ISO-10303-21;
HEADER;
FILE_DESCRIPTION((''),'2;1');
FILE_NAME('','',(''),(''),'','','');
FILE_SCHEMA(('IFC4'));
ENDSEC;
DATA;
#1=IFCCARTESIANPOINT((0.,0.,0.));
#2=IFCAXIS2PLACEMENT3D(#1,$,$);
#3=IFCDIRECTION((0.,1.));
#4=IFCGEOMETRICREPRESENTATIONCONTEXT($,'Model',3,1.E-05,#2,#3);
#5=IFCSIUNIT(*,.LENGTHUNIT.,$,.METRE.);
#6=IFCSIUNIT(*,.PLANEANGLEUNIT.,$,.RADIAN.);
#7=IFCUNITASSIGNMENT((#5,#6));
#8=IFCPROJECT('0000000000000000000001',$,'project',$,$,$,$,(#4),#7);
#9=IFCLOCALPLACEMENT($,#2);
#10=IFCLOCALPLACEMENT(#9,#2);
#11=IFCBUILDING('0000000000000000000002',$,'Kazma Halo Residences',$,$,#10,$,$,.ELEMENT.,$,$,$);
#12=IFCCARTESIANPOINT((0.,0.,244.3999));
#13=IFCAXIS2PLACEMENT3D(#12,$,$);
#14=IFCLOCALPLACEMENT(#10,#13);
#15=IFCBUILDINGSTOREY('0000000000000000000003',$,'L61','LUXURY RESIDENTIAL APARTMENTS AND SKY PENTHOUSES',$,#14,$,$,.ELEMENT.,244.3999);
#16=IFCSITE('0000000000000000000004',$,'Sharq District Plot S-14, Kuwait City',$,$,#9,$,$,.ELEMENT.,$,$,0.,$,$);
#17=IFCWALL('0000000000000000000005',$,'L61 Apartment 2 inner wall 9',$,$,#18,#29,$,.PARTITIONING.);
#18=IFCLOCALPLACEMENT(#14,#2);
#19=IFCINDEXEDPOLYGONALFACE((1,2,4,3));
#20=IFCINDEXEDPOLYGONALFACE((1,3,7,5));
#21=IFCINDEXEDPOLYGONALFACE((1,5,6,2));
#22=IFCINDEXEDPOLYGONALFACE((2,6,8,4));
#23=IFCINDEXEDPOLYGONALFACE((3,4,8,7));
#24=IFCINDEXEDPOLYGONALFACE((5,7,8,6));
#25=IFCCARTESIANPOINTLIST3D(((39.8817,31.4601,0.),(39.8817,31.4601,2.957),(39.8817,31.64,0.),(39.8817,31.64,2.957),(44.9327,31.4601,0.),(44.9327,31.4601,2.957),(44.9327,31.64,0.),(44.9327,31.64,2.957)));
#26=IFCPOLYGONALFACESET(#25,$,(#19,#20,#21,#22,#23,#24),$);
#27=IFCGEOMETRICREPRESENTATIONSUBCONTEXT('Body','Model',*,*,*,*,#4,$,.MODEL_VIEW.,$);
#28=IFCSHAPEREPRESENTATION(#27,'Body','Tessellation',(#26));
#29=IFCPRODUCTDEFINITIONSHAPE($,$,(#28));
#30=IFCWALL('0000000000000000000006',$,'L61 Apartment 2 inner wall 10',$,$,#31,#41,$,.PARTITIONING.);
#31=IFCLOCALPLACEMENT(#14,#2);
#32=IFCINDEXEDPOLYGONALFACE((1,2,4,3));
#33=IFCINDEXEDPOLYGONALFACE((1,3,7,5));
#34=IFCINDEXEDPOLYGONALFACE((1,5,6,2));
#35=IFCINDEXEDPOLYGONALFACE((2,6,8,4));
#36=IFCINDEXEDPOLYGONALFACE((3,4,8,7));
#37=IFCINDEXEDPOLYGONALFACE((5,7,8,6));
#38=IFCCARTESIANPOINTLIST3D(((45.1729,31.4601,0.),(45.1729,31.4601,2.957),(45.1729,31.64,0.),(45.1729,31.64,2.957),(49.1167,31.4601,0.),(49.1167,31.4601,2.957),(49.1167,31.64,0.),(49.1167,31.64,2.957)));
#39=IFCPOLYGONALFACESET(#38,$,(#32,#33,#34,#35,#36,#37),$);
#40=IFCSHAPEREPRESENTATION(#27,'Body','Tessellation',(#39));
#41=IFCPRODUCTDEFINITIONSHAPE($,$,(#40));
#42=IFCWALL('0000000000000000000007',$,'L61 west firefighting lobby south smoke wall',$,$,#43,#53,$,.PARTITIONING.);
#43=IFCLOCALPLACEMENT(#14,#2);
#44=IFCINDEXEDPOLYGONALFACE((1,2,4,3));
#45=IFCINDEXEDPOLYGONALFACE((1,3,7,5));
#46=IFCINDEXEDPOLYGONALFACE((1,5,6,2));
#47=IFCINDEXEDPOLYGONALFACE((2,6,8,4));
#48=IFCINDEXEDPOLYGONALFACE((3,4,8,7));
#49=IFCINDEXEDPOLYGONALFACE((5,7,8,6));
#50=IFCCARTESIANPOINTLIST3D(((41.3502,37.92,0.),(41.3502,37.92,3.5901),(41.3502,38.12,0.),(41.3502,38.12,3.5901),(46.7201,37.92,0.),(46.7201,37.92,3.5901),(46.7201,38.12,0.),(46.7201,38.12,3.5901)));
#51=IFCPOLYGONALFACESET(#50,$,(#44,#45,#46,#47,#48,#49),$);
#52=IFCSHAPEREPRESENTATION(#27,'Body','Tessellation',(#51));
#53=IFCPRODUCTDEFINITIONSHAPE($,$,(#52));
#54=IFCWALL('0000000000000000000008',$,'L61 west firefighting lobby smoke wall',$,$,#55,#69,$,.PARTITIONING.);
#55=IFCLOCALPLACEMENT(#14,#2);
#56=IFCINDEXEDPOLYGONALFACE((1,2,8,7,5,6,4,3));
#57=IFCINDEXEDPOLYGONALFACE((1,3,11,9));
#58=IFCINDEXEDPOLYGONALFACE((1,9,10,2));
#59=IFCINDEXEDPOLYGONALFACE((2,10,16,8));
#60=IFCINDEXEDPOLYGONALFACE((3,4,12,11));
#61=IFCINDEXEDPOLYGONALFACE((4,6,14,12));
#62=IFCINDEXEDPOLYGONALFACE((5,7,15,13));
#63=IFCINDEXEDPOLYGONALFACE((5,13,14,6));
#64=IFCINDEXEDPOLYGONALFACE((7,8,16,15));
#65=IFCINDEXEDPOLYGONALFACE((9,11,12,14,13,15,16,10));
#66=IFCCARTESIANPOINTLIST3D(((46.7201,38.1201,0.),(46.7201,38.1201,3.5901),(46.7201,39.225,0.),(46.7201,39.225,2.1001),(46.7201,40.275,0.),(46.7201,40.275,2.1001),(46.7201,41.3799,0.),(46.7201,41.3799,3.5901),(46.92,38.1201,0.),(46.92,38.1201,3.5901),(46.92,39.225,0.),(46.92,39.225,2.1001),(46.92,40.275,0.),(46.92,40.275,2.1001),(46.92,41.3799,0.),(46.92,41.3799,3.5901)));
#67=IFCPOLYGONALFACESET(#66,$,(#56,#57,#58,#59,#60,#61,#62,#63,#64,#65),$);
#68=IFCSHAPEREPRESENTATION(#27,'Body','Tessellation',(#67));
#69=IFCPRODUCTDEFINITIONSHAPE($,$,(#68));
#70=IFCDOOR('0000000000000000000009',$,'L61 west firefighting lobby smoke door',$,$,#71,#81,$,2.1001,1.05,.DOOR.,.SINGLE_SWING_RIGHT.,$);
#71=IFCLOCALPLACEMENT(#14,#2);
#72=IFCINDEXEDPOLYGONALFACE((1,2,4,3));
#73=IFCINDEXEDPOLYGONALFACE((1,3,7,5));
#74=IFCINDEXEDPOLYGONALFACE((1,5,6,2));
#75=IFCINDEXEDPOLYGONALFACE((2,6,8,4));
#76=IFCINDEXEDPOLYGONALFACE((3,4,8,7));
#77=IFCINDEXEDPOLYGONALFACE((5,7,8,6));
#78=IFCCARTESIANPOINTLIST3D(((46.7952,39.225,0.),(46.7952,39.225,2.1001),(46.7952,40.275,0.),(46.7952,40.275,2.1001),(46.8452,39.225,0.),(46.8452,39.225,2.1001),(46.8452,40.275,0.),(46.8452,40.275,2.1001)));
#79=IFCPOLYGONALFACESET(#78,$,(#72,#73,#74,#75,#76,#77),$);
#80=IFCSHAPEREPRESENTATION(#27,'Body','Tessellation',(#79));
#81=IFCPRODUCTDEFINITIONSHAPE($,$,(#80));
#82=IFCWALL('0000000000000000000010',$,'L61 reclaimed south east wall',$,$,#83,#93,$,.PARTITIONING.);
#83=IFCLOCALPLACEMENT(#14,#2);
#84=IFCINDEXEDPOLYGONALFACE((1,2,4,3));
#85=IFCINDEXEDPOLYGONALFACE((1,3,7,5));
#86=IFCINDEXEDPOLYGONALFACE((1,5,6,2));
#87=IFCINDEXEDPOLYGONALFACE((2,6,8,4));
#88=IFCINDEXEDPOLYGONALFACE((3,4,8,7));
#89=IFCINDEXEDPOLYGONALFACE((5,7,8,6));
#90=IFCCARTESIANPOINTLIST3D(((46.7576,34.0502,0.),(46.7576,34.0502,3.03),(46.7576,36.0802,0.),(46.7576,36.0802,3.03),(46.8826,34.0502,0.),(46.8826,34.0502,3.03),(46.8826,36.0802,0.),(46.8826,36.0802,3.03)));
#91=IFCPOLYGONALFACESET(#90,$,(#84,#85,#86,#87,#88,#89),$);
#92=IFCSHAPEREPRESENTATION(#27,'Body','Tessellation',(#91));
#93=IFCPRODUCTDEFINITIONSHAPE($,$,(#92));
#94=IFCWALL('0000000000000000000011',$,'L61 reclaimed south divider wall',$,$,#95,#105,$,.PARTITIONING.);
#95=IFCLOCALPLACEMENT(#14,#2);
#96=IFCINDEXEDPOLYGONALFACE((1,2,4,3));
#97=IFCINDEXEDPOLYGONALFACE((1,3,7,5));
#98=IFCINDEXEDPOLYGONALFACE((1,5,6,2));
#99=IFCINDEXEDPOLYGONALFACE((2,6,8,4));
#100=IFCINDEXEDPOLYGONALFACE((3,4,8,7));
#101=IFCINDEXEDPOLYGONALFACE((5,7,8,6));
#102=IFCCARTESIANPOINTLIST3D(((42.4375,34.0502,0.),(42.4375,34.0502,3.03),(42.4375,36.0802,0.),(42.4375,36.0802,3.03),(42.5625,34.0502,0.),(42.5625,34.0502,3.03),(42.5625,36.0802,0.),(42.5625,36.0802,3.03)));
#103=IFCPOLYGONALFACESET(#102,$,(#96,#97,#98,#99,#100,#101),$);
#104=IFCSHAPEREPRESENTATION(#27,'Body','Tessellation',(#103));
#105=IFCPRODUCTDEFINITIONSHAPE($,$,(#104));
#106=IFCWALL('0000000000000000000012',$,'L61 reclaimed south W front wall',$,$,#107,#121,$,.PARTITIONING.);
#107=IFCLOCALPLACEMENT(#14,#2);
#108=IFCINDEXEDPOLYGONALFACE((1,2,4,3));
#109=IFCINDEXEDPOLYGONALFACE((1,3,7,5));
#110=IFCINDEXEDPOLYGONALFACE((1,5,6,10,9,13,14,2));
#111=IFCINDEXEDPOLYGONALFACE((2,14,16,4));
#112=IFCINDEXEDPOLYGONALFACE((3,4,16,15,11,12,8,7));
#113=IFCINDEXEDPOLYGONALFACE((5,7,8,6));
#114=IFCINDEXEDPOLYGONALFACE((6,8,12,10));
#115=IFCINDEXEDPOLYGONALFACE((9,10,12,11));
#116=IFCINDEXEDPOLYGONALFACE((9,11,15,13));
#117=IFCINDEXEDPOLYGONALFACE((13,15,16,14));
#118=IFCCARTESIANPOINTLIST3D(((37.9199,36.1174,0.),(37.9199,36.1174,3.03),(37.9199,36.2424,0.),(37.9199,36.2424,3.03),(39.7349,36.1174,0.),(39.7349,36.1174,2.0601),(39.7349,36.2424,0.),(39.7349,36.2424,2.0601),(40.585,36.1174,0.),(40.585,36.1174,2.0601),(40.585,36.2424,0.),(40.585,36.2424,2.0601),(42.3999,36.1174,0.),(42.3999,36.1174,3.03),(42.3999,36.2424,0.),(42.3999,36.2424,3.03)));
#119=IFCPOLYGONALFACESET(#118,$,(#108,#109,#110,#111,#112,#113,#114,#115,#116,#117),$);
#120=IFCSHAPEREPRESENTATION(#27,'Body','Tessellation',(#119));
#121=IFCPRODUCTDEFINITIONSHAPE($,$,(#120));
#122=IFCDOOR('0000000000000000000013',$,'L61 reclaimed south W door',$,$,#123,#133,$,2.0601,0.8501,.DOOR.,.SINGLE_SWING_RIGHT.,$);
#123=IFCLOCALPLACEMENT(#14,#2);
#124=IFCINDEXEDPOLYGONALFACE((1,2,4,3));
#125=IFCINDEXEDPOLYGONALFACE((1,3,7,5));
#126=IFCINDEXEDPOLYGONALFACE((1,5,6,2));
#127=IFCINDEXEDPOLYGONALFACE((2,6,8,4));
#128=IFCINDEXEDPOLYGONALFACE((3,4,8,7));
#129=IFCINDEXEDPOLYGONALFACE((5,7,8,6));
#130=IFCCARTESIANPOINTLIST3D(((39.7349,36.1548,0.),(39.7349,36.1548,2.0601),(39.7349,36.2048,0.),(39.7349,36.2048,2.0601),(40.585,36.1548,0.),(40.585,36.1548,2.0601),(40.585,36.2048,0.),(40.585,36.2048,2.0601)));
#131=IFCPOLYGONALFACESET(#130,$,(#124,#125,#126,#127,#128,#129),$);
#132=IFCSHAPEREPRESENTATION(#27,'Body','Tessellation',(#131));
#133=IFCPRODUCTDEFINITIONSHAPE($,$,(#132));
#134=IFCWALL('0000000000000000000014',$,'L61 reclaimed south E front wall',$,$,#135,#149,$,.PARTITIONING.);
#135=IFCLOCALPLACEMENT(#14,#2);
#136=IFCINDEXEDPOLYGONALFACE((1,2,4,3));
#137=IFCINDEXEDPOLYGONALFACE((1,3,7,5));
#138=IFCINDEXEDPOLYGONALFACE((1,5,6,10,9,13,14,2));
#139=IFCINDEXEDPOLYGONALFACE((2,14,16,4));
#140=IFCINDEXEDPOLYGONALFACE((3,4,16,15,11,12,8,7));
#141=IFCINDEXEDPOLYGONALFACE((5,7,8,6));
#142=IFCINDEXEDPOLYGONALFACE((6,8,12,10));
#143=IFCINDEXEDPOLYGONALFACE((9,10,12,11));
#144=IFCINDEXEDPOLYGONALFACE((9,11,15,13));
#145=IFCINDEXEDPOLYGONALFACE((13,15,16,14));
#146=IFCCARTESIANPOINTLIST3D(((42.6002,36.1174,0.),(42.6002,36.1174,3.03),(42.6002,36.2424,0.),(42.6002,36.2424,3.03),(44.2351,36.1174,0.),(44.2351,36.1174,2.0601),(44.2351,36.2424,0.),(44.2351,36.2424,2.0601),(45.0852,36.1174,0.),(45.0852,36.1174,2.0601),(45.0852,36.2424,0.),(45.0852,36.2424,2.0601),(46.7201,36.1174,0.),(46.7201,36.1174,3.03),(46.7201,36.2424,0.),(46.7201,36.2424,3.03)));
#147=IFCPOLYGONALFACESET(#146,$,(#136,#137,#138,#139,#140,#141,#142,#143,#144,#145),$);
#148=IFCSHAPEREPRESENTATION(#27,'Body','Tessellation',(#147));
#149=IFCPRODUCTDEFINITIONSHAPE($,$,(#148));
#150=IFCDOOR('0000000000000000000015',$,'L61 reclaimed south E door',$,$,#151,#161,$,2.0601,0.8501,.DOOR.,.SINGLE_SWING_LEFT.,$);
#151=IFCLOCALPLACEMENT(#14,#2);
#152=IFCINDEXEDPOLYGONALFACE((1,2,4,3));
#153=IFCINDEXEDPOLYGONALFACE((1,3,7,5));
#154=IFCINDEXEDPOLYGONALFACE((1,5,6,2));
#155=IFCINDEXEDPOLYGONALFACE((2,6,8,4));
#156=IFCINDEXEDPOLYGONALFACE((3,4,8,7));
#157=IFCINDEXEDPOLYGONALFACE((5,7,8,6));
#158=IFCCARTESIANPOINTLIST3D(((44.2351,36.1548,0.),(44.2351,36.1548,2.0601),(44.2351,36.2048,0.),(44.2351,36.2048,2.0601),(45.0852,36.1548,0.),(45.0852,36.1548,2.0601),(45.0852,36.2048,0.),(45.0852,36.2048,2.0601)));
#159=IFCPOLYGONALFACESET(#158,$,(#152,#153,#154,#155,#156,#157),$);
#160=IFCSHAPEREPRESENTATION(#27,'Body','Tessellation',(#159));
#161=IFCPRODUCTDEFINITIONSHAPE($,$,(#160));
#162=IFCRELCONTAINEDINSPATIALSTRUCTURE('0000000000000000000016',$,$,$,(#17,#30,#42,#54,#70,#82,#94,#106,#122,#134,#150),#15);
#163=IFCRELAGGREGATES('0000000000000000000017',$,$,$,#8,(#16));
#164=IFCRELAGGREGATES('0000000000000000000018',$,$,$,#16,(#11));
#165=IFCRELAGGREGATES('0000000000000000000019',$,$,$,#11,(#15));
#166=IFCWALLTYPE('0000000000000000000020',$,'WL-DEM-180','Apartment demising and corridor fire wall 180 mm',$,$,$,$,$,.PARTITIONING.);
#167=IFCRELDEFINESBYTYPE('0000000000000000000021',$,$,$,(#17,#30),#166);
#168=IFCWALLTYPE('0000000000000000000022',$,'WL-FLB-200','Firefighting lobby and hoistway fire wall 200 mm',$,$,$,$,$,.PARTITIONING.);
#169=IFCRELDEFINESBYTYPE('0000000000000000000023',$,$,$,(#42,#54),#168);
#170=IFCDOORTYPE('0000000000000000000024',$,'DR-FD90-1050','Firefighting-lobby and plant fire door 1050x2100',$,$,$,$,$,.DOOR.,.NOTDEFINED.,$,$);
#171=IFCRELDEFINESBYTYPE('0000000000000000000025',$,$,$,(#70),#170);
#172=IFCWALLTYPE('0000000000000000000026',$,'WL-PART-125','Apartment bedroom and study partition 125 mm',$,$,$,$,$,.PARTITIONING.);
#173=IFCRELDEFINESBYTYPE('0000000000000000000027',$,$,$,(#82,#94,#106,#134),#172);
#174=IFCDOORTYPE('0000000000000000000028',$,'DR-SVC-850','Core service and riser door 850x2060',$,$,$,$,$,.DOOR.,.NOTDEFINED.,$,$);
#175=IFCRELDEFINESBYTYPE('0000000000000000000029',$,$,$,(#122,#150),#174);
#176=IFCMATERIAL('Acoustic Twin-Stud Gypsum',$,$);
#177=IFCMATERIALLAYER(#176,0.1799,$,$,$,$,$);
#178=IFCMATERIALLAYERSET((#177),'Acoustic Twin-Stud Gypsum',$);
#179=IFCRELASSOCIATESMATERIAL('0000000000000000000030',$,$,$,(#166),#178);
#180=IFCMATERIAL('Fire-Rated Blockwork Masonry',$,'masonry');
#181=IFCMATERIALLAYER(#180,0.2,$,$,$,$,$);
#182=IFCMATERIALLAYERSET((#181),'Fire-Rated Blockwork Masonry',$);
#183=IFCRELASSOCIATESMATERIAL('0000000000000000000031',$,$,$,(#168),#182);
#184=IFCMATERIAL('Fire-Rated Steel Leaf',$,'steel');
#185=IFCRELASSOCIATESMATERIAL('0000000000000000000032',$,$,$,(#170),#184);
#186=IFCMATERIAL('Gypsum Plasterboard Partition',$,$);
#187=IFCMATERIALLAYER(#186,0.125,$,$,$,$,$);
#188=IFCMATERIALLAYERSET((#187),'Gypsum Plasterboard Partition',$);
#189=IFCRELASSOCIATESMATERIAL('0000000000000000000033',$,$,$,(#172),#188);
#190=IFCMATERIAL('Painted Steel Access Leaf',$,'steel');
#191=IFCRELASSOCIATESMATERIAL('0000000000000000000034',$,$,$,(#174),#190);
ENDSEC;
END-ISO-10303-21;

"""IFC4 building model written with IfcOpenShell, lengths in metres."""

from ifc_helpers import new_model, si_unit, direction, frame, frame_2d, origin, place, context, subcontext, project, spatial, rectangle, extrude, material, layer, layer_set, type_object, element, fill, save


model = new_model("IFC4")

# Units and contexts
model_context = context("Model", 3, precision=1e-05, world=origin(), true_north=direction((0.0, 1.0)))
body_context = subcontext(model_context, "Body", "Model", "MODEL_VIEW")
ifc_project = project(units=[si_unit("LENGTHUNIT", "METRE"), si_unit("PLANEANGLEUNIT", "RADIAN")], contexts=[model_context])

# Site, building, storey
site_placement = place(None, origin())
site = spatial("IfcSite", under=ifc_project, at=site_placement, Name="Sharq District Plot S-14, Kuwait City", CompositionType="ELEMENT", RefElevation=0.0)
building_placement = place(site_placement, origin())
building = spatial("IfcBuilding", under=site, at=building_placement, Name="Kazma Halo Residences", CompositionType="ELEMENT")
storey_placement = place(building_placement, frame((0.0, 0.0, 244.3999)))
storey = spatial("IfcBuildingStorey", under=building, at=storey_placement, Name="L61", Description="LUXURY RESIDENTIAL APARTMENTS AND SKY PENTHOUSES", CompositionType="ELEMENT", Elevation=244.3999)

# Walls
ifc_material_1 = material(Name="Acoustic Twin-Stud Gypsum")
ifc_layer_1 = layer(ifc_material_1, 0.1799)
ifc_layer_set_1 = layer_set([ifc_layer_1], Name="Acoustic Twin-Stud Gypsum")
wall_type_1 = type_object("IfcWallType", Name="WL-DEM-180", Description="Apartment demising and corridor fire wall 180 mm", PredefinedType="PARTITIONING", material=ifc_layer_set_1)
wall_1_placement = place(storey_placement, frame((39.8818, 31.55, 0.0), z_axis=(0.0, 0.0, 1.0), x_axis=(1.0, 0.0, 0.0)))
element("IfcWall", 1, at=wall_1_placement, inside=storey, type_object=wall_type_1, Name="L61 Apartment 2 inner wall 9", PredefinedType="PARTITIONING", context=body_context, shape_type="SweptSolid", body=[
    extrude(rectangle(XDim=5.051, YDim=0.1799, at=frame_2d((2.5254, 0.0))), origin(), (0.0, 0.0, 1.0), 2.957),
])
wall_2_placement = place(storey_placement, frame((45.1729, 31.55, 0.0), z_axis=(0.0, 0.0, 1.0), x_axis=(1.0, 0.0, 0.0)))
element("IfcWall", 2, at=wall_2_placement, inside=storey, type_object=wall_type_1, Name="L61 Apartment 2 inner wall 10", PredefinedType="PARTITIONING", context=body_context, shape_type="SweptSolid", body=[
    extrude(rectangle(XDim=3.9438, YDim=0.1799, at=frame_2d((1.9719, 0.0))), origin(), (0.0, 0.0, 1.0), 2.957),
])
ifc_material_2 = material(Name="Fire-Rated Blockwork Masonry", Category="masonry")
ifc_layer_2 = layer(ifc_material_2, 0.2)
ifc_layer_set_2 = layer_set([ifc_layer_2], Name="Fire-Rated Blockwork Masonry")
wall_type_2 = type_object("IfcWallType", Name="WL-FLB-200", Description="Firefighting lobby and hoistway fire wall 200 mm", PredefinedType="PARTITIONING", material=ifc_layer_set_2)
wall_3_placement = place(storey_placement, frame((41.3501, 38.02, 0.0), z_axis=(0.0, 0.0, 1.0), x_axis=(1.0, 0.0, 0.0)))
element("IfcWall", 3, at=wall_3_placement, inside=storey, type_object=wall_type_2, Name="L61 west firefighting lobby south smoke wall", PredefinedType="PARTITIONING", context=body_context, shape_type="SweptSolid", body=[
    extrude(rectangle(XDim=5.3699, YDim=0.2, at=frame_2d((2.6851, 0.0))), origin(), (0.0, 0.0, 1.0), 3.5901),
])

# Wall, opening, door
wall_4_placement = place(storey_placement, frame((46.8201, 38.1201, 0.0), z_axis=(0.0, 0.0, 1.0), x_axis=(0.0, 1.0, 0.0)))
wall_4 = element("IfcWall", 4, at=wall_4_placement, inside=storey, type_object=wall_type_2, Name="L61 west firefighting lobby smoke wall", PredefinedType="PARTITIONING", context=body_context, shape_type="SweptSolid", body=[
    extrude(rectangle(XDim=3.2598, YDim=0.2, at=frame_2d((1.6299, 0.0))), origin(), (0.0, 0.0, 1.0), 3.5901),
])
opening_1_placement = place(wall_4_placement, frame((1.105, 0.0, 0.0)))
opening_1 = element("IfcOpeningElement", 5, at=opening_1_placement, cuts=wall_4, PredefinedType="OPENING", context=body_context, shape_type="SweptSolid", body=[
    extrude(rectangle(XDim=1.05, YDim=2.1001, at=frame_2d((0.5249, 1.05))), frame((0.0, 0.1099, 0.0), z_axis=(0.0, -1.0, 0.0), x_axis=(1.0, 0.0, 0.0)), (0.0, 0.0, 1.0), 0.22),
])
ifc_material_3 = material(Name="Fire-Rated Steel Leaf", Category="steel")
door_type_1 = type_object("IfcDoorType", Name="DR-FD90-1050", Description="Firefighting-lobby and plant fire door 1050x2100", OperationType="NOTDEFINED", PredefinedType="DOOR", material=ifc_material_3)
door_1_placement = place(opening_1_placement, origin())
door_1 = element("IfcDoor", 6, at=door_1_placement, inside=storey, type_object=door_type_1, Name="L61 west firefighting lobby smoke door", OperationType="SINGLE_SWING_RIGHT", OverallHeight=2.1001, OverallWidth=1.05, PredefinedType="DOOR", context=body_context, shape_type="SweptSolid", body=[
    extrude(rectangle(XDim=1.05, YDim=2.1001, at=frame_2d((0.5249, 1.05))), frame((0.0, 0.0249, 0.0), z_axis=(0.0, -1.0, 0.0), x_axis=(1.0, 0.0, 0.0)), (0.0, 0.0, 1.0), 0.05),
])
fill(opening_1, door_1)

# Walls
ifc_material_4 = material(Name="Gypsum Plasterboard Partition")
ifc_layer_3 = layer(ifc_material_4, 0.125)
ifc_layer_set_3 = layer_set([ifc_layer_3], Name="Gypsum Plasterboard Partition")
wall_type_3 = type_object("IfcWallType", Name="WL-PART-125", Description="Apartment bedroom and study partition 125 mm", PredefinedType="PARTITIONING", material=ifc_layer_set_3)
for number, where, z_axis, x_axis, name in (
    (7, (46.8201, 34.05, 0.0), (0.0, 0.0, 1.0), (0.0, 1.0, 0.0), "L61 reclaimed south east wall"),
    (8, (42.5, 34.05, 0.0), (0.0, 0.0, 1.0), (0.0, 1.0, 0.0), "L61 reclaimed south divider wall"),
):
    element("IfcWall", number, at=place(storey_placement, frame(where, z_axis=z_axis, x_axis=x_axis)), inside=storey, type_object=wall_type_3, Name=name, PredefinedType="PARTITIONING", context=body_context, shape_type="SweptSolid", body=[
        extrude(rectangle(XDim=2.03, YDim=0.125, at=frame_2d((1.0151, 0.0))), origin(), (0.0, 0.0, 1.0), 3.03),
    ])

# Walls, openings, doors
wall_5_placement = place(storey_placement, frame((37.9199, 36.1799, 0.0), z_axis=(0.0, 0.0, 1.0), x_axis=(1.0, 0.0, 0.0)))
wall_5 = element("IfcWall", 9, at=wall_5_placement, inside=storey, type_object=wall_type_3, Name="L61 reclaimed south W front wall", PredefinedType="PARTITIONING", context=body_context, shape_type="SweptSolid", body=[
    extrude(rectangle(XDim=4.48, YDim=0.125, at=frame_2d((2.24, 0.0))), origin(), (0.0, 0.0, 1.0), 3.03),
])
opening_2_placement = place(wall_5_placement, frame((1.8149, 0.0, 0.0)))
opening_2 = element("IfcOpeningElement", 10, at=opening_2_placement, cuts=wall_5, PredefinedType="OPENING", context=body_context, shape_type="SweptSolid", body=[
    extrude(rectangle(XDim=0.8501, YDim=2.0601, at=frame_2d((0.425, 1.03))), frame((0.0, 0.0725, 0.0), z_axis=(0.0, -1.0, 0.0), x_axis=(1.0, 0.0, 0.0)), (0.0, 0.0, 1.0), 0.145),
])
ifc_material_5 = material(Name="Painted Steel Access Leaf", Category="steel")
door_type_2 = type_object("IfcDoorType", Name="DR-SVC-850", Description="Core service and riser door 850x2060", OperationType="NOTDEFINED", PredefinedType="DOOR", material=ifc_material_5)
door_2_placement = place(opening_2_placement, origin())
door_2 = element("IfcDoor", 11, at=door_2_placement, inside=storey, type_object=door_type_2, Name="L61 reclaimed south W door", OperationType="SINGLE_SWING_RIGHT", OverallHeight=2.0601, OverallWidth=0.8501, PredefinedType="DOOR", context=body_context, shape_type="SweptSolid", body=[
    extrude(rectangle(XDim=0.8501, YDim=2.0601, at=frame_2d((0.425, 1.03))), frame((0.0, 0.0249, 0.0), z_axis=(0.0, -1.0, 0.0), x_axis=(1.0, 0.0, 0.0)), (0.0, 0.0, 1.0), 0.05),
])
fill(opening_2, door_2)
wall_6_placement = place(storey_placement, frame((42.6001, 36.1799, 0.0), z_axis=(0.0, 0.0, 1.0), x_axis=(1.0, 0.0, 0.0)))
wall_6 = element("IfcWall", 12, at=wall_6_placement, inside=storey, type_object=wall_type_3, Name="L61 reclaimed south E front wall", PredefinedType="PARTITIONING", context=body_context, shape_type="SweptSolid", body=[
    extrude(rectangle(XDim=4.1199, YDim=0.125, at=frame_2d((2.0601, 0.0))), origin(), (0.0, 0.0, 1.0), 3.03),
])
opening_3_placement = place(wall_6_placement, frame((1.635, 0.0, 0.0)))
opening_3 = element("IfcOpeningElement", 13, at=opening_3_placement, cuts=wall_6, PredefinedType="OPENING", context=body_context, shape_type="SweptSolid", body=[
    extrude(rectangle(XDim=0.8501, YDim=2.0601, at=frame_2d((0.425, 1.03))), frame((0.0, 0.0725, 0.0), z_axis=(0.0, -1.0, 0.0), x_axis=(1.0, 0.0, 0.0)), (0.0, 0.0, 1.0), 0.145),
])
door_3_placement = place(opening_3_placement, origin())
door_3 = element("IfcDoor", 14, at=door_3_placement, inside=storey, type_object=door_type_2, Name="L61 reclaimed south E door", OperationType="SINGLE_SWING_LEFT", OverallHeight=2.0601, OverallWidth=0.8501, PredefinedType="DOOR", context=body_context, shape_type="SweptSolid", body=[
    extrude(rectangle(XDim=0.8501, YDim=2.0601, at=frame_2d((0.425, 1.03))), frame((0.0, 0.0249, 0.0), z_axis=(0.0, -1.0, 0.0), x_axis=(1.0, 0.0, 0.0)), (0.0, 0.0, 1.0), 0.05),
])
fill(opening_3, door_3)

save(model, "model.ifc")
